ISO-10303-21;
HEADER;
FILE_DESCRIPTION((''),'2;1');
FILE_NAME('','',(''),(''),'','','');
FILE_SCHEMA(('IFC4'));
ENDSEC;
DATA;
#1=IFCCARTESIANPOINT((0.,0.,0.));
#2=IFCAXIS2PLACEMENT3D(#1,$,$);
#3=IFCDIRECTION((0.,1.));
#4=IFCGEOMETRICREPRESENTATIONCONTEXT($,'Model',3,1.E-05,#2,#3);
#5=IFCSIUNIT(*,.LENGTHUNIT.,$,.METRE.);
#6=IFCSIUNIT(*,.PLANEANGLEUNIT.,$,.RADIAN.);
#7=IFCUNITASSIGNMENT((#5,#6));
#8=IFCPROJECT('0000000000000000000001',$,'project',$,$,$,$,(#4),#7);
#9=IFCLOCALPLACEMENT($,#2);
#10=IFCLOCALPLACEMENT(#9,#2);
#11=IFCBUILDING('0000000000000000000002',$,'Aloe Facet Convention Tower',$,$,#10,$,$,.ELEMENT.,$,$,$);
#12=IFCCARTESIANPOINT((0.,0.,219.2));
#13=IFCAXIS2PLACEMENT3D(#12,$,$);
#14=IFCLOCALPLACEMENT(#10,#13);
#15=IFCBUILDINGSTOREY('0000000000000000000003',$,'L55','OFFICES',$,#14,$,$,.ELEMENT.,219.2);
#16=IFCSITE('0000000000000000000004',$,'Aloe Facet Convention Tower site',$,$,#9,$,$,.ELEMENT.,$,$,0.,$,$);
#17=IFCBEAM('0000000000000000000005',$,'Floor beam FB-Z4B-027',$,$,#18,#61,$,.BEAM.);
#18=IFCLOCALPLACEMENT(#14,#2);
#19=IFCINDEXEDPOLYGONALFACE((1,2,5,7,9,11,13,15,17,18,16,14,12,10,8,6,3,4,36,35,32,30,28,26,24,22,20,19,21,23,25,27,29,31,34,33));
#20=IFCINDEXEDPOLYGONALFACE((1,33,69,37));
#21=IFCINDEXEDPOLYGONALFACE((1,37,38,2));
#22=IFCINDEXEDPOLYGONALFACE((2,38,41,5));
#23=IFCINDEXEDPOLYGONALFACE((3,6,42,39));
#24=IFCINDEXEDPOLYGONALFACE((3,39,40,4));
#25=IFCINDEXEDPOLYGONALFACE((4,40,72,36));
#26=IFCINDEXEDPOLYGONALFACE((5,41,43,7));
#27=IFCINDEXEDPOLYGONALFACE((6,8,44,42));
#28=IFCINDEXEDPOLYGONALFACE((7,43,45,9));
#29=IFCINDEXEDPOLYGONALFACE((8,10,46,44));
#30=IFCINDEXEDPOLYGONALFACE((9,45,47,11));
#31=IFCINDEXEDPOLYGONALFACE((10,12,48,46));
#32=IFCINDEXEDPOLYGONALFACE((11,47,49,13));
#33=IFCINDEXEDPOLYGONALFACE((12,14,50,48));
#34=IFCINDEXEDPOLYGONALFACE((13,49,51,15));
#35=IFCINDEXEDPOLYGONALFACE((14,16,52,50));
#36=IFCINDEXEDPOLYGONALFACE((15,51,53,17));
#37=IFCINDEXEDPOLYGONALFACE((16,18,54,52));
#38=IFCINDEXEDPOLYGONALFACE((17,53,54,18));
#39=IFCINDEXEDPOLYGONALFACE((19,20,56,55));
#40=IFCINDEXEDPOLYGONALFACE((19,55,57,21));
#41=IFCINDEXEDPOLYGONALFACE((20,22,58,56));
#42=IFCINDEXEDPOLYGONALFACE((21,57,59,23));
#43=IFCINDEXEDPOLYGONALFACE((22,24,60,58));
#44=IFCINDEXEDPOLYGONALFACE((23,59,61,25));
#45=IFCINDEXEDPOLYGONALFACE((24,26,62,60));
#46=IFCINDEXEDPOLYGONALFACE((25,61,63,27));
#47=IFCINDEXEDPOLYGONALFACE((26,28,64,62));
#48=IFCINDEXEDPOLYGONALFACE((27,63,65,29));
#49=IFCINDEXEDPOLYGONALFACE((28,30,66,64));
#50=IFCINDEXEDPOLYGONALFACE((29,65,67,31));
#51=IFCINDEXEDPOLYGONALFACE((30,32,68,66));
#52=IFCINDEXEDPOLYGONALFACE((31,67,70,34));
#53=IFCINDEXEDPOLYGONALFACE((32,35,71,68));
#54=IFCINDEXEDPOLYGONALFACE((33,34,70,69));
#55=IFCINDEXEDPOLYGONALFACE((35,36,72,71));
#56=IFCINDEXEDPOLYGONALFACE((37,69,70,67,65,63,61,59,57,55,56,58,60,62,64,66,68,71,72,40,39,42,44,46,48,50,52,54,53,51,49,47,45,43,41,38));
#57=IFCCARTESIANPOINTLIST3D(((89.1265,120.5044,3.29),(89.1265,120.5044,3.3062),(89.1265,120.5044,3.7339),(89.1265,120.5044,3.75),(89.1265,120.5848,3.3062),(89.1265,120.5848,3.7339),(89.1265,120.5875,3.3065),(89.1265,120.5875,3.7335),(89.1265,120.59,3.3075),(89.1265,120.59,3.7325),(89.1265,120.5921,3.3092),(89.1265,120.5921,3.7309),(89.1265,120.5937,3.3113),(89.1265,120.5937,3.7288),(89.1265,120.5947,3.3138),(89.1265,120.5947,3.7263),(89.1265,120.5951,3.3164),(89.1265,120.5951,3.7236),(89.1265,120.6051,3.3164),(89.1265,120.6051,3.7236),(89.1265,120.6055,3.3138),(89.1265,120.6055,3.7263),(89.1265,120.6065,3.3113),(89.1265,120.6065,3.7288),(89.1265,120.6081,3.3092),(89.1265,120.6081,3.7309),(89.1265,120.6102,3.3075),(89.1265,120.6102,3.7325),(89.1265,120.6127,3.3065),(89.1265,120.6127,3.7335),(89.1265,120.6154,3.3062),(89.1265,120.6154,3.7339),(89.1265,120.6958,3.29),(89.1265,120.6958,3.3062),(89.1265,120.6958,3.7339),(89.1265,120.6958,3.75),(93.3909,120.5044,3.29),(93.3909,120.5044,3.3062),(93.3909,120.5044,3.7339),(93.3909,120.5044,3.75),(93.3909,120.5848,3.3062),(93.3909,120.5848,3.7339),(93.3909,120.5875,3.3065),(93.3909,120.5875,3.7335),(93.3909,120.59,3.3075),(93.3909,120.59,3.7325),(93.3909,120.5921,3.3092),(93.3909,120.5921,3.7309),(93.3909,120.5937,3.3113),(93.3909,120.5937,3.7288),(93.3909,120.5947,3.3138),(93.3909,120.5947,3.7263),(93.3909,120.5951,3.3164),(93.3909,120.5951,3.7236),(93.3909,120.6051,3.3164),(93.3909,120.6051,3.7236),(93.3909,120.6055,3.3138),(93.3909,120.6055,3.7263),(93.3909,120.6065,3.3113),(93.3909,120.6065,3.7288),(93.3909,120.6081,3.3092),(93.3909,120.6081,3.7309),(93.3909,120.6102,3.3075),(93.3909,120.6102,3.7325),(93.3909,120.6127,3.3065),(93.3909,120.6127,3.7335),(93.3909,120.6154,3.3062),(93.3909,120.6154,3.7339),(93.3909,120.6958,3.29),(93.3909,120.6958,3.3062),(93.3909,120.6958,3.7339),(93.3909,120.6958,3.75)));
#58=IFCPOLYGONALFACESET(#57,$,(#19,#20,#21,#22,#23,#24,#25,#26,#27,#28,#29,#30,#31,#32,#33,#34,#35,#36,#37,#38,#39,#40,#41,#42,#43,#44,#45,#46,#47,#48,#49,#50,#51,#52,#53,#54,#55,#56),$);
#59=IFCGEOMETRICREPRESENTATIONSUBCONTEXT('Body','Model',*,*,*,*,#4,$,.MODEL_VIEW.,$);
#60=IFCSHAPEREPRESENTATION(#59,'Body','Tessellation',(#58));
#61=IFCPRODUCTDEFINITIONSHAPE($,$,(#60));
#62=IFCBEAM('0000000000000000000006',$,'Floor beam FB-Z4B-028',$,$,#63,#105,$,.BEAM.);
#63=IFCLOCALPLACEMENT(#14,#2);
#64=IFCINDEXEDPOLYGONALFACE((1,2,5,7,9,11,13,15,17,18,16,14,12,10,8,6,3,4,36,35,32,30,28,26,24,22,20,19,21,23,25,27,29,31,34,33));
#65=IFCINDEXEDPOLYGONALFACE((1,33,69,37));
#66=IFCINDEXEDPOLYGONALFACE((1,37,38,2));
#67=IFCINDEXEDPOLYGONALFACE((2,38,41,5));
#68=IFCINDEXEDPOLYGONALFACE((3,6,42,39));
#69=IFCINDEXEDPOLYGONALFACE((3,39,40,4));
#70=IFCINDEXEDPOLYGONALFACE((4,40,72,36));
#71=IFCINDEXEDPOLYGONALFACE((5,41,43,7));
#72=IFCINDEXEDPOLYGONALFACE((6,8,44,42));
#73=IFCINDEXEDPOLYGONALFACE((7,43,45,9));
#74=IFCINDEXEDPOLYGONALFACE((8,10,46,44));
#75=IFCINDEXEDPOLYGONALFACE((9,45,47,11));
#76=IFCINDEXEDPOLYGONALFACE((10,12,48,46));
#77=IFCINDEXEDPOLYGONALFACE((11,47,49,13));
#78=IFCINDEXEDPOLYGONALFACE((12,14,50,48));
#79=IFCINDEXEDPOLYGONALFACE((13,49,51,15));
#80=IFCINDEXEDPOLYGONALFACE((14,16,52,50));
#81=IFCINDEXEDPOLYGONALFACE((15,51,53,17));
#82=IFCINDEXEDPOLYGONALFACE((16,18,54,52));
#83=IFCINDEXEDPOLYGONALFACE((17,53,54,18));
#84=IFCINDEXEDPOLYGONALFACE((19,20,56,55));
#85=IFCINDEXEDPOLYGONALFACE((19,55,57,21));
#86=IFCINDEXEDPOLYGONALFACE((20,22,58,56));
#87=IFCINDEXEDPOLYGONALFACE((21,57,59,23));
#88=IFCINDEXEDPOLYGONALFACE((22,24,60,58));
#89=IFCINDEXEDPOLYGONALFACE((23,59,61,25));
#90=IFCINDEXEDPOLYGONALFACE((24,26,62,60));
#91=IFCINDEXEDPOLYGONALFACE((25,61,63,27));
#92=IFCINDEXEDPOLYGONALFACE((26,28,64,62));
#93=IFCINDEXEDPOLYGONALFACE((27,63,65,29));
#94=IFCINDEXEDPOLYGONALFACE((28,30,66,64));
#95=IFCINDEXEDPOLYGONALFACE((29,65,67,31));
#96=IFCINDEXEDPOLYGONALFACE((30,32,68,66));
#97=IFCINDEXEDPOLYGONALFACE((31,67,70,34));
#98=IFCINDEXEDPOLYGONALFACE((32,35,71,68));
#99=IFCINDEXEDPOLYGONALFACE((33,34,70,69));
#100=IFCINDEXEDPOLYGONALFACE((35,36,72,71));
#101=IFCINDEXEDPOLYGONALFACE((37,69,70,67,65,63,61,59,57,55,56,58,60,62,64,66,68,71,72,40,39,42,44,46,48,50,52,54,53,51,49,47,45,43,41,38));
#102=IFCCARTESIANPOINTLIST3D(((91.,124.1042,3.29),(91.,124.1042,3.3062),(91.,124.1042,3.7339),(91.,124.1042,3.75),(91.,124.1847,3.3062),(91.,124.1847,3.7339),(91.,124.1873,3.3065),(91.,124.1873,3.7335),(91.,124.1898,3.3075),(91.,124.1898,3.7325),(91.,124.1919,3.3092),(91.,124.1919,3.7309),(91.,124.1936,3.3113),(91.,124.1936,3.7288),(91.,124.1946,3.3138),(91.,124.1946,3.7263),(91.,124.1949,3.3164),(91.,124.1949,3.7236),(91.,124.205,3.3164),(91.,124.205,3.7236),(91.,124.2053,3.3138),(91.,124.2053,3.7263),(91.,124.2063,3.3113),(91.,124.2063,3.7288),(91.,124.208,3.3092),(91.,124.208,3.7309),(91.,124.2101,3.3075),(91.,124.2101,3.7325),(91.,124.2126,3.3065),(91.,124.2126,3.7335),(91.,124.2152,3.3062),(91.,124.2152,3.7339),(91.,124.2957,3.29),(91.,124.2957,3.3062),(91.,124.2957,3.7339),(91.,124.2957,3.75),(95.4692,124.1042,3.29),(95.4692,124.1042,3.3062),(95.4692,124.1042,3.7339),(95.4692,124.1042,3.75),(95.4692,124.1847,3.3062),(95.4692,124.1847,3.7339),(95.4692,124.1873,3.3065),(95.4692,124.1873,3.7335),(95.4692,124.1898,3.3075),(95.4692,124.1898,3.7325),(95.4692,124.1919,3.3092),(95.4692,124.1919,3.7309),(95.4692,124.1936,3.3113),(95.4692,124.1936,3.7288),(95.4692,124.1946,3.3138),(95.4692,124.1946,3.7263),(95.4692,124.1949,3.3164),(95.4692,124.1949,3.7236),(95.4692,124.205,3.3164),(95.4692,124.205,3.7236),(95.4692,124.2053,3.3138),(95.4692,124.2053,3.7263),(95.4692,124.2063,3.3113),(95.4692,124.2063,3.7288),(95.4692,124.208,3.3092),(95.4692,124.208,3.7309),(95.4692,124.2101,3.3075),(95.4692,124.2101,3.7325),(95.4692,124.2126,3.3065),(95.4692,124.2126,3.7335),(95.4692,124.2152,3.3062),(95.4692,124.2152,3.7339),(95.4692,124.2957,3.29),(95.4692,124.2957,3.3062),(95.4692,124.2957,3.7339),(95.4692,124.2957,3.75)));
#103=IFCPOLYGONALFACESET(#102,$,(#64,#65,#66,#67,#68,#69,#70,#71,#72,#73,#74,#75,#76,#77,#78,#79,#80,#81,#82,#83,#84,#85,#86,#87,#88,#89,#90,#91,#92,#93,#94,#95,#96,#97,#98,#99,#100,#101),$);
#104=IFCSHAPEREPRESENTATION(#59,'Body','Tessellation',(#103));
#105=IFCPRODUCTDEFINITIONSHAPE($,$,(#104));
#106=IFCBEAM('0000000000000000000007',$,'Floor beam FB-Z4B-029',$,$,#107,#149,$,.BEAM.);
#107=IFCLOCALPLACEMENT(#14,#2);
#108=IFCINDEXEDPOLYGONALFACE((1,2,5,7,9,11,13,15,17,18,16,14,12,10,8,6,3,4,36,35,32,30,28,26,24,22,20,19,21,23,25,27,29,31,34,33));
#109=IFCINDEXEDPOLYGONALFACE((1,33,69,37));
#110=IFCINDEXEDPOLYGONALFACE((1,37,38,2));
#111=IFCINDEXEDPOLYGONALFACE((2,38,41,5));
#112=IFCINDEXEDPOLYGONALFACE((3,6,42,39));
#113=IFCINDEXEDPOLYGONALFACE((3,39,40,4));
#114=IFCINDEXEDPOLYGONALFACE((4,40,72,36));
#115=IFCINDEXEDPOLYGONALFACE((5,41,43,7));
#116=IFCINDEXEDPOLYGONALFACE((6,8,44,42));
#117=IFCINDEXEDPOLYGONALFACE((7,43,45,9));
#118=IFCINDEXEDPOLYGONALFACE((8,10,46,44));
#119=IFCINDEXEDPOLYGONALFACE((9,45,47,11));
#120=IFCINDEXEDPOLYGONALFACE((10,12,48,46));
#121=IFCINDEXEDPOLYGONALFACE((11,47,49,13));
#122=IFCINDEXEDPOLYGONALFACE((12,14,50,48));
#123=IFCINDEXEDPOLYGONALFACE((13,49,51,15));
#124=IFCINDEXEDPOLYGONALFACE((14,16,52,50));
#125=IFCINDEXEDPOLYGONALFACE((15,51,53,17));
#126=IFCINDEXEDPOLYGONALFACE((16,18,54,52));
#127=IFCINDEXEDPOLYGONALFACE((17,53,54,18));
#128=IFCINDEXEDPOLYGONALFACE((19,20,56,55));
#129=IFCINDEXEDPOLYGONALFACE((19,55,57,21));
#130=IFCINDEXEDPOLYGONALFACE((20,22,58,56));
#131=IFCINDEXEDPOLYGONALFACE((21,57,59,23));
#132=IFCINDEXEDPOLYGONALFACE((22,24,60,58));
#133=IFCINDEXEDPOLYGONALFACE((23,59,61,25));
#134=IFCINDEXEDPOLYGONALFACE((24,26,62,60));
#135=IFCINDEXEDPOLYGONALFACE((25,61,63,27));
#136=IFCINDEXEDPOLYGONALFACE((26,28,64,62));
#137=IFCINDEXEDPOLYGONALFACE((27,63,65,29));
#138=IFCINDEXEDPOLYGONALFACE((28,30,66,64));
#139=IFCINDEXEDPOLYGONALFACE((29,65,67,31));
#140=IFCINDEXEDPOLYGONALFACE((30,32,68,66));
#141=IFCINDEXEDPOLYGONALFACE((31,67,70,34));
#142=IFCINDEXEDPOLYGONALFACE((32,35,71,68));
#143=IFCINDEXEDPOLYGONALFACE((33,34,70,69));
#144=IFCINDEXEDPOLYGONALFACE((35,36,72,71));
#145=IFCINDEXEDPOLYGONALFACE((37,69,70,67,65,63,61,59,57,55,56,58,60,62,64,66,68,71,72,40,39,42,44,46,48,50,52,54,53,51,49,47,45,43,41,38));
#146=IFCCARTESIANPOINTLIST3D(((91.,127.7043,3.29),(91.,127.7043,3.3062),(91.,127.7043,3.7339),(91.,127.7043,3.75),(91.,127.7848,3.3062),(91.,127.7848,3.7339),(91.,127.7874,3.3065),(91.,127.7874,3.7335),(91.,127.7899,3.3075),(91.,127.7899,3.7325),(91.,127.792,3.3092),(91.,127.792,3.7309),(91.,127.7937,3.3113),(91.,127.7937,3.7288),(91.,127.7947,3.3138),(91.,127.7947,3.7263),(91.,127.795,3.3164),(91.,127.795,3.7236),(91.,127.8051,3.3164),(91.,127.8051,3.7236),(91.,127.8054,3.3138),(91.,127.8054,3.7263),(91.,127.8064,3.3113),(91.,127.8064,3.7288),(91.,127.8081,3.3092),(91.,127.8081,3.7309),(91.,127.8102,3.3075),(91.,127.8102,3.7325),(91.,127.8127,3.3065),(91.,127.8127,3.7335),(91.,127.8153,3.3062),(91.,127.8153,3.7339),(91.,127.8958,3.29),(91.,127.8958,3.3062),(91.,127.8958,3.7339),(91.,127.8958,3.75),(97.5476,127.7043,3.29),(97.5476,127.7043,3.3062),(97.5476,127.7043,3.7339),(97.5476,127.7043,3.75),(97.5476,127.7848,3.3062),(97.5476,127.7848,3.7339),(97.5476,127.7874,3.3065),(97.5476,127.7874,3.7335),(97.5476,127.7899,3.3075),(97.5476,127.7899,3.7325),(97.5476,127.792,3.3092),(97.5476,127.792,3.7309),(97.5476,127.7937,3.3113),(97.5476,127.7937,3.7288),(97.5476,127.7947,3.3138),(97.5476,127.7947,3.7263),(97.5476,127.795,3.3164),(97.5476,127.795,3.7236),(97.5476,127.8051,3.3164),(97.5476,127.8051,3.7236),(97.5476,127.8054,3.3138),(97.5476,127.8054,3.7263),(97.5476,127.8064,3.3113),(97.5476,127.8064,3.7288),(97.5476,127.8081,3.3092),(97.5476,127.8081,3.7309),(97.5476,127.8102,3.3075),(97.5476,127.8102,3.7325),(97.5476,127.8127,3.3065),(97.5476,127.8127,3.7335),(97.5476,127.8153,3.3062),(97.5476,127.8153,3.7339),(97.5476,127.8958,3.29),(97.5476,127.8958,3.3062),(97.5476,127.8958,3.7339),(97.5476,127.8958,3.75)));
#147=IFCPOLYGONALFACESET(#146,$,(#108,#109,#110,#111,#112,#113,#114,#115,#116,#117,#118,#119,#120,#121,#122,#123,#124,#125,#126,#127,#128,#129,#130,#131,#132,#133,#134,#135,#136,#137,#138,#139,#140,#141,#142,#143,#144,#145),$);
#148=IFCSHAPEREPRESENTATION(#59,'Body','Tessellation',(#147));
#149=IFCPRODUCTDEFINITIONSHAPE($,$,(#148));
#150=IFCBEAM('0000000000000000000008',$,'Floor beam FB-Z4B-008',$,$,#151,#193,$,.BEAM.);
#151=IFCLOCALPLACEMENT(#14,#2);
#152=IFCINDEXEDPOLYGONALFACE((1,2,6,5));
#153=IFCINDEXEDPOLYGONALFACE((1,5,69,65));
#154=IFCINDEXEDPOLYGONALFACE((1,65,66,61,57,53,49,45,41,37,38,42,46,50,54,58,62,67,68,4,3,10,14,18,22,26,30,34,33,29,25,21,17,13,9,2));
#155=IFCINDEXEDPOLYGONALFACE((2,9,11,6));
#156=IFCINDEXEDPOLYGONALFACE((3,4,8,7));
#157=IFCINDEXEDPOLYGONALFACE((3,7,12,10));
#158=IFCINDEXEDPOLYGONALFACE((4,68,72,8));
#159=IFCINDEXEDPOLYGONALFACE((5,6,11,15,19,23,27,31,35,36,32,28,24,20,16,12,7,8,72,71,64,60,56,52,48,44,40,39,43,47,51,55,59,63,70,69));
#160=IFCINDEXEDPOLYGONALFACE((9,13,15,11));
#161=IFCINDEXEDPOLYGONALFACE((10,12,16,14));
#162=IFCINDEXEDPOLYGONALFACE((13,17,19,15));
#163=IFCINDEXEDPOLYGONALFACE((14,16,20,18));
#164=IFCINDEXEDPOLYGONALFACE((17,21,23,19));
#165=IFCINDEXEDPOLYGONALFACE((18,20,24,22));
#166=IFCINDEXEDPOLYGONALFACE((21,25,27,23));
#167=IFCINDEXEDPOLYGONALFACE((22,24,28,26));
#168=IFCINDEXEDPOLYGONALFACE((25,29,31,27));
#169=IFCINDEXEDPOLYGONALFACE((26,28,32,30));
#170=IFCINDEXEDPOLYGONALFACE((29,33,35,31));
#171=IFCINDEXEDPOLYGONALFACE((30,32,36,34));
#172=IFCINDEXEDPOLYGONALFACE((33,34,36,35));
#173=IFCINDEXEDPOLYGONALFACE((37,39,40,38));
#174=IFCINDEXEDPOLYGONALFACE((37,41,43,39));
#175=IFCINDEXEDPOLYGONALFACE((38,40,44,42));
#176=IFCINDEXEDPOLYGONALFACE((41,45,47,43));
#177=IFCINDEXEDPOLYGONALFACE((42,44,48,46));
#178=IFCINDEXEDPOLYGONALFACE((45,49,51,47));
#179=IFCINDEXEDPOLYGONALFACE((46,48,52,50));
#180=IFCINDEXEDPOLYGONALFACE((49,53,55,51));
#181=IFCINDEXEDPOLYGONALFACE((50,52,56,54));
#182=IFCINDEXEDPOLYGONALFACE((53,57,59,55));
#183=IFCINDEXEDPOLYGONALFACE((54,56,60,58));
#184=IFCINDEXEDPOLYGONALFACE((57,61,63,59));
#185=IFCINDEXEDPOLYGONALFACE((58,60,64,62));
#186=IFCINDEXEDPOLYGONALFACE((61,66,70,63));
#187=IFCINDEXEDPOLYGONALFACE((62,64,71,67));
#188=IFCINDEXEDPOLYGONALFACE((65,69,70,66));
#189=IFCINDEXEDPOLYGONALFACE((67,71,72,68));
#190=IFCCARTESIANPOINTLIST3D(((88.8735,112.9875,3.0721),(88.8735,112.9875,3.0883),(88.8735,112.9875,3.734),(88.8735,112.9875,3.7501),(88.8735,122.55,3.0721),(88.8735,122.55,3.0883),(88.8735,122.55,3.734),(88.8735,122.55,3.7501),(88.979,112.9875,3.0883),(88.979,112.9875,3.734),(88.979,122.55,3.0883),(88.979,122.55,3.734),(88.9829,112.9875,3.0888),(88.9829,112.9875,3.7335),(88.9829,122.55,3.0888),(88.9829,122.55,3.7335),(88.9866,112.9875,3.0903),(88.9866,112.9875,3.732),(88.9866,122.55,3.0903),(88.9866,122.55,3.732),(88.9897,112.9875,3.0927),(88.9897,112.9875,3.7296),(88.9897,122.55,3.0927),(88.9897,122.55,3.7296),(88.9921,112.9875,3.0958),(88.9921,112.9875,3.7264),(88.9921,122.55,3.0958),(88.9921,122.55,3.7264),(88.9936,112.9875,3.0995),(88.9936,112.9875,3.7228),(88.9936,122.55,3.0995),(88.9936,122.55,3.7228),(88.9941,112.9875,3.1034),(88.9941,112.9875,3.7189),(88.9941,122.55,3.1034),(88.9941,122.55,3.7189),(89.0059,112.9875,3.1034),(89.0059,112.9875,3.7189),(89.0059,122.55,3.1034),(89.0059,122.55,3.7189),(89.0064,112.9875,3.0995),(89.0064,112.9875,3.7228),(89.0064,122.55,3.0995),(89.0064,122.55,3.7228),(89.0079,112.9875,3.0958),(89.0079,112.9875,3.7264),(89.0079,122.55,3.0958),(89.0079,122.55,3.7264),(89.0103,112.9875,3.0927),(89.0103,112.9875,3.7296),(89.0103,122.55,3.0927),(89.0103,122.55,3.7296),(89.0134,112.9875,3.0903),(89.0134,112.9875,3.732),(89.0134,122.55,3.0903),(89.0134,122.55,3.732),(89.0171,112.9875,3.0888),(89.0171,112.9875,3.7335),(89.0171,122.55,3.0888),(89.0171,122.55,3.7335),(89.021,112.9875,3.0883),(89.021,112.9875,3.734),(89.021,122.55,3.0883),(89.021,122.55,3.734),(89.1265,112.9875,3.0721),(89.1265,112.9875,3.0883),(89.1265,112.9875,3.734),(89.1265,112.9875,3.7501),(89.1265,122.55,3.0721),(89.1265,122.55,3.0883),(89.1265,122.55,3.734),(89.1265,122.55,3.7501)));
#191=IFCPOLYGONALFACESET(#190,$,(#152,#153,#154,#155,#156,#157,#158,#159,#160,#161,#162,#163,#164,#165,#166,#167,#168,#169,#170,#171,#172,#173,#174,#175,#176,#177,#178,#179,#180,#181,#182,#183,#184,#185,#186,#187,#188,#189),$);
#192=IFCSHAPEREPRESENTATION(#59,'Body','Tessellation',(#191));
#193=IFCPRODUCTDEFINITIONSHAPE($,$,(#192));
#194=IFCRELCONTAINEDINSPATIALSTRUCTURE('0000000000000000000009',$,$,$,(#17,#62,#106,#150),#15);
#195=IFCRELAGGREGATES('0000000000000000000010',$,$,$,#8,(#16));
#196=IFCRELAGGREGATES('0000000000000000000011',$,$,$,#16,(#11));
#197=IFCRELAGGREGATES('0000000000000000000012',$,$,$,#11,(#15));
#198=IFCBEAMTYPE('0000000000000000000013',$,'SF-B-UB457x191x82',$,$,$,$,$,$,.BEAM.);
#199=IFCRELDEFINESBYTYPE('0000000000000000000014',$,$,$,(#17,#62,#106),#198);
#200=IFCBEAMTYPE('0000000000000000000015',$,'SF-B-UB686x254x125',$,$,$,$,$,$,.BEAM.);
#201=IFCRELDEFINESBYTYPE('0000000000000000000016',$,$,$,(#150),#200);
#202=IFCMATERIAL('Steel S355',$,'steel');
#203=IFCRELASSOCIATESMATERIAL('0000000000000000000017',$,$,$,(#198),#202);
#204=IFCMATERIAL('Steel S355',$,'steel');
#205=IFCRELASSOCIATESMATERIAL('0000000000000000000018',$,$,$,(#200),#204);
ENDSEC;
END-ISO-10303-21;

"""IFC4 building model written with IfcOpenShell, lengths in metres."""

from ifc_helpers import new_model, si_unit, direction, frame, origin, origin_2d, place, context, subcontext, project, spatial, i_section, extrude, material, material_profile, profile_set, type_object, element, save


model = new_model("IFC4")

# Units and contexts
model_context = context("Model", 3, precision=1e-05, world=origin(), true_north=direction((0.0, 1.0)))
body_context = subcontext(model_context, "Body", "Model", "MODEL_VIEW")
ifc_project = project(units=[si_unit("LENGTHUNIT", "METRE"), si_unit("PLANEANGLEUNIT", "RADIAN")], contexts=[model_context])

# Site, building, storey
site_placement = place(None, origin())
site = spatial("IfcSite", under=ifc_project, at=site_placement, Name="Aloe Facet Convention Tower site", CompositionType="ELEMENT", RefElevation=0.0)
building_placement = place(site_placement, origin())
building = spatial("IfcBuilding", under=site, at=building_placement, Name="Aloe Facet Convention Tower", CompositionType="ELEMENT")
storey_placement = place(building_placement, frame((0.0, 0.0, 219.2)))
storey = spatial("IfcBuildingStorey", under=building, at=storey_placement, Name="L55", Description="OFFICES", CompositionType="ELEMENT", Elevation=219.2)

# Beams
ifc_material_1 = material(Name="Steel S355", Category="steel")
ifc_material_profile_1 = material_profile(ifc_material_1, i_section(OverallWidth=0.1914, OverallDepth=0.46, WebThickness=0.01, FlangeThickness=0.0161, FilletRadius=0.0103, at=origin_2d()), Name="UB 457x191x82")
ifc_profile_set_1 = profile_set([ifc_material_profile_1], Name="Steel S355")
beam_type_1 = type_object("IfcBeamType", Name="SF-B-UB457x191x82", PredefinedType="BEAM", material=ifc_profile_set_1)
beam_1_placement = place(storey_placement, frame((89.1265, 120.6001, 3.52), z_axis=(1.0, 0.0, 0.0), x_axis=(0.0, 1.0, 0.0)))
element("IfcBeam", 1, at=beam_1_placement, inside=storey, type_object=beam_type_1, Name="Floor beam FB-Z4B-027", PredefinedType="BEAM", context=body_context, shape_type="SweptSolid", body=[
    extrude(i_section(OverallWidth=0.1914, OverallDepth=0.46, WebThickness=0.01, FlangeThickness=0.0161, FilletRadius=0.0103, at=origin_2d()), origin(), (0.0, 0.0, 1.0), 4.2644),
])
beam_2_placement = place(storey_placement, frame((91.0, 124.2, 3.52), z_axis=(1.0, 0.0, 0.0), x_axis=(0.0, 1.0, 0.0)))
element("IfcBeam", 2, at=beam_2_placement, inside=storey, type_object=beam_type_1, Name="Floor beam FB-Z4B-028", PredefinedType="BEAM", context=body_context, shape_type="SweptSolid", body=[
    extrude(i_section(OverallWidth=0.1914, OverallDepth=0.46, WebThickness=0.01, FlangeThickness=0.0161, FilletRadius=0.0103, at=origin_2d()), origin(), (0.0, 0.0, 1.0), 4.4692),
])
beam_3_placement = place(storey_placement, frame((91.0, 127.8, 3.52), z_axis=(1.0, 0.0, 0.0), x_axis=(0.0, 1.0, 0.0)))
element("IfcBeam", 3, at=beam_3_placement, inside=storey, type_object=beam_type_1, Name="Floor beam FB-Z4B-029", PredefinedType="BEAM", context=body_context, shape_type="SweptSolid", body=[
    extrude(i_section(OverallWidth=0.1914, OverallDepth=0.46, WebThickness=0.01, FlangeThickness=0.0161, FilletRadius=0.0103, at=origin_2d()), origin(), (0.0, 0.0, 1.0), 6.5476),
])
ifc_material_2 = material(Name="Steel S355", Category="steel")
ifc_material_profile_2 = material_profile(ifc_material_2, i_section(OverallWidth=0.2529, OverallDepth=0.678, WebThickness=0.0117, FlangeThickness=0.0161, FilletRadius=0.0151, at=origin_2d()), Name="UB 686x254x125")
ifc_profile_set_2 = profile_set([ifc_material_profile_2], Name="Steel S355")
beam_type_2 = type_object("IfcBeamType", Name="SF-B-UB686x254x125", PredefinedType="BEAM", material=ifc_profile_set_2)
beam_4_placement = place(storey_placement, frame((89.0, 122.55, 3.4111), z_axis=(0.0, -1.0, 0.0), x_axis=(1.0, 0.0, 0.0)))
element("IfcBeam", 4, at=beam_4_placement, inside=storey, type_object=beam_type_2, Name="Floor beam FB-Z4B-008", PredefinedType="BEAM", context=body_context, shape_type="SweptSolid", body=[
    extrude(i_section(OverallWidth=0.2529, OverallDepth=0.678, WebThickness=0.0117, FlangeThickness=0.0161, FilletRadius=0.0151, at=origin_2d()), origin(), (0.0, 0.0, 1.0), 9.5625),
])

save(model, "model.ifc")
